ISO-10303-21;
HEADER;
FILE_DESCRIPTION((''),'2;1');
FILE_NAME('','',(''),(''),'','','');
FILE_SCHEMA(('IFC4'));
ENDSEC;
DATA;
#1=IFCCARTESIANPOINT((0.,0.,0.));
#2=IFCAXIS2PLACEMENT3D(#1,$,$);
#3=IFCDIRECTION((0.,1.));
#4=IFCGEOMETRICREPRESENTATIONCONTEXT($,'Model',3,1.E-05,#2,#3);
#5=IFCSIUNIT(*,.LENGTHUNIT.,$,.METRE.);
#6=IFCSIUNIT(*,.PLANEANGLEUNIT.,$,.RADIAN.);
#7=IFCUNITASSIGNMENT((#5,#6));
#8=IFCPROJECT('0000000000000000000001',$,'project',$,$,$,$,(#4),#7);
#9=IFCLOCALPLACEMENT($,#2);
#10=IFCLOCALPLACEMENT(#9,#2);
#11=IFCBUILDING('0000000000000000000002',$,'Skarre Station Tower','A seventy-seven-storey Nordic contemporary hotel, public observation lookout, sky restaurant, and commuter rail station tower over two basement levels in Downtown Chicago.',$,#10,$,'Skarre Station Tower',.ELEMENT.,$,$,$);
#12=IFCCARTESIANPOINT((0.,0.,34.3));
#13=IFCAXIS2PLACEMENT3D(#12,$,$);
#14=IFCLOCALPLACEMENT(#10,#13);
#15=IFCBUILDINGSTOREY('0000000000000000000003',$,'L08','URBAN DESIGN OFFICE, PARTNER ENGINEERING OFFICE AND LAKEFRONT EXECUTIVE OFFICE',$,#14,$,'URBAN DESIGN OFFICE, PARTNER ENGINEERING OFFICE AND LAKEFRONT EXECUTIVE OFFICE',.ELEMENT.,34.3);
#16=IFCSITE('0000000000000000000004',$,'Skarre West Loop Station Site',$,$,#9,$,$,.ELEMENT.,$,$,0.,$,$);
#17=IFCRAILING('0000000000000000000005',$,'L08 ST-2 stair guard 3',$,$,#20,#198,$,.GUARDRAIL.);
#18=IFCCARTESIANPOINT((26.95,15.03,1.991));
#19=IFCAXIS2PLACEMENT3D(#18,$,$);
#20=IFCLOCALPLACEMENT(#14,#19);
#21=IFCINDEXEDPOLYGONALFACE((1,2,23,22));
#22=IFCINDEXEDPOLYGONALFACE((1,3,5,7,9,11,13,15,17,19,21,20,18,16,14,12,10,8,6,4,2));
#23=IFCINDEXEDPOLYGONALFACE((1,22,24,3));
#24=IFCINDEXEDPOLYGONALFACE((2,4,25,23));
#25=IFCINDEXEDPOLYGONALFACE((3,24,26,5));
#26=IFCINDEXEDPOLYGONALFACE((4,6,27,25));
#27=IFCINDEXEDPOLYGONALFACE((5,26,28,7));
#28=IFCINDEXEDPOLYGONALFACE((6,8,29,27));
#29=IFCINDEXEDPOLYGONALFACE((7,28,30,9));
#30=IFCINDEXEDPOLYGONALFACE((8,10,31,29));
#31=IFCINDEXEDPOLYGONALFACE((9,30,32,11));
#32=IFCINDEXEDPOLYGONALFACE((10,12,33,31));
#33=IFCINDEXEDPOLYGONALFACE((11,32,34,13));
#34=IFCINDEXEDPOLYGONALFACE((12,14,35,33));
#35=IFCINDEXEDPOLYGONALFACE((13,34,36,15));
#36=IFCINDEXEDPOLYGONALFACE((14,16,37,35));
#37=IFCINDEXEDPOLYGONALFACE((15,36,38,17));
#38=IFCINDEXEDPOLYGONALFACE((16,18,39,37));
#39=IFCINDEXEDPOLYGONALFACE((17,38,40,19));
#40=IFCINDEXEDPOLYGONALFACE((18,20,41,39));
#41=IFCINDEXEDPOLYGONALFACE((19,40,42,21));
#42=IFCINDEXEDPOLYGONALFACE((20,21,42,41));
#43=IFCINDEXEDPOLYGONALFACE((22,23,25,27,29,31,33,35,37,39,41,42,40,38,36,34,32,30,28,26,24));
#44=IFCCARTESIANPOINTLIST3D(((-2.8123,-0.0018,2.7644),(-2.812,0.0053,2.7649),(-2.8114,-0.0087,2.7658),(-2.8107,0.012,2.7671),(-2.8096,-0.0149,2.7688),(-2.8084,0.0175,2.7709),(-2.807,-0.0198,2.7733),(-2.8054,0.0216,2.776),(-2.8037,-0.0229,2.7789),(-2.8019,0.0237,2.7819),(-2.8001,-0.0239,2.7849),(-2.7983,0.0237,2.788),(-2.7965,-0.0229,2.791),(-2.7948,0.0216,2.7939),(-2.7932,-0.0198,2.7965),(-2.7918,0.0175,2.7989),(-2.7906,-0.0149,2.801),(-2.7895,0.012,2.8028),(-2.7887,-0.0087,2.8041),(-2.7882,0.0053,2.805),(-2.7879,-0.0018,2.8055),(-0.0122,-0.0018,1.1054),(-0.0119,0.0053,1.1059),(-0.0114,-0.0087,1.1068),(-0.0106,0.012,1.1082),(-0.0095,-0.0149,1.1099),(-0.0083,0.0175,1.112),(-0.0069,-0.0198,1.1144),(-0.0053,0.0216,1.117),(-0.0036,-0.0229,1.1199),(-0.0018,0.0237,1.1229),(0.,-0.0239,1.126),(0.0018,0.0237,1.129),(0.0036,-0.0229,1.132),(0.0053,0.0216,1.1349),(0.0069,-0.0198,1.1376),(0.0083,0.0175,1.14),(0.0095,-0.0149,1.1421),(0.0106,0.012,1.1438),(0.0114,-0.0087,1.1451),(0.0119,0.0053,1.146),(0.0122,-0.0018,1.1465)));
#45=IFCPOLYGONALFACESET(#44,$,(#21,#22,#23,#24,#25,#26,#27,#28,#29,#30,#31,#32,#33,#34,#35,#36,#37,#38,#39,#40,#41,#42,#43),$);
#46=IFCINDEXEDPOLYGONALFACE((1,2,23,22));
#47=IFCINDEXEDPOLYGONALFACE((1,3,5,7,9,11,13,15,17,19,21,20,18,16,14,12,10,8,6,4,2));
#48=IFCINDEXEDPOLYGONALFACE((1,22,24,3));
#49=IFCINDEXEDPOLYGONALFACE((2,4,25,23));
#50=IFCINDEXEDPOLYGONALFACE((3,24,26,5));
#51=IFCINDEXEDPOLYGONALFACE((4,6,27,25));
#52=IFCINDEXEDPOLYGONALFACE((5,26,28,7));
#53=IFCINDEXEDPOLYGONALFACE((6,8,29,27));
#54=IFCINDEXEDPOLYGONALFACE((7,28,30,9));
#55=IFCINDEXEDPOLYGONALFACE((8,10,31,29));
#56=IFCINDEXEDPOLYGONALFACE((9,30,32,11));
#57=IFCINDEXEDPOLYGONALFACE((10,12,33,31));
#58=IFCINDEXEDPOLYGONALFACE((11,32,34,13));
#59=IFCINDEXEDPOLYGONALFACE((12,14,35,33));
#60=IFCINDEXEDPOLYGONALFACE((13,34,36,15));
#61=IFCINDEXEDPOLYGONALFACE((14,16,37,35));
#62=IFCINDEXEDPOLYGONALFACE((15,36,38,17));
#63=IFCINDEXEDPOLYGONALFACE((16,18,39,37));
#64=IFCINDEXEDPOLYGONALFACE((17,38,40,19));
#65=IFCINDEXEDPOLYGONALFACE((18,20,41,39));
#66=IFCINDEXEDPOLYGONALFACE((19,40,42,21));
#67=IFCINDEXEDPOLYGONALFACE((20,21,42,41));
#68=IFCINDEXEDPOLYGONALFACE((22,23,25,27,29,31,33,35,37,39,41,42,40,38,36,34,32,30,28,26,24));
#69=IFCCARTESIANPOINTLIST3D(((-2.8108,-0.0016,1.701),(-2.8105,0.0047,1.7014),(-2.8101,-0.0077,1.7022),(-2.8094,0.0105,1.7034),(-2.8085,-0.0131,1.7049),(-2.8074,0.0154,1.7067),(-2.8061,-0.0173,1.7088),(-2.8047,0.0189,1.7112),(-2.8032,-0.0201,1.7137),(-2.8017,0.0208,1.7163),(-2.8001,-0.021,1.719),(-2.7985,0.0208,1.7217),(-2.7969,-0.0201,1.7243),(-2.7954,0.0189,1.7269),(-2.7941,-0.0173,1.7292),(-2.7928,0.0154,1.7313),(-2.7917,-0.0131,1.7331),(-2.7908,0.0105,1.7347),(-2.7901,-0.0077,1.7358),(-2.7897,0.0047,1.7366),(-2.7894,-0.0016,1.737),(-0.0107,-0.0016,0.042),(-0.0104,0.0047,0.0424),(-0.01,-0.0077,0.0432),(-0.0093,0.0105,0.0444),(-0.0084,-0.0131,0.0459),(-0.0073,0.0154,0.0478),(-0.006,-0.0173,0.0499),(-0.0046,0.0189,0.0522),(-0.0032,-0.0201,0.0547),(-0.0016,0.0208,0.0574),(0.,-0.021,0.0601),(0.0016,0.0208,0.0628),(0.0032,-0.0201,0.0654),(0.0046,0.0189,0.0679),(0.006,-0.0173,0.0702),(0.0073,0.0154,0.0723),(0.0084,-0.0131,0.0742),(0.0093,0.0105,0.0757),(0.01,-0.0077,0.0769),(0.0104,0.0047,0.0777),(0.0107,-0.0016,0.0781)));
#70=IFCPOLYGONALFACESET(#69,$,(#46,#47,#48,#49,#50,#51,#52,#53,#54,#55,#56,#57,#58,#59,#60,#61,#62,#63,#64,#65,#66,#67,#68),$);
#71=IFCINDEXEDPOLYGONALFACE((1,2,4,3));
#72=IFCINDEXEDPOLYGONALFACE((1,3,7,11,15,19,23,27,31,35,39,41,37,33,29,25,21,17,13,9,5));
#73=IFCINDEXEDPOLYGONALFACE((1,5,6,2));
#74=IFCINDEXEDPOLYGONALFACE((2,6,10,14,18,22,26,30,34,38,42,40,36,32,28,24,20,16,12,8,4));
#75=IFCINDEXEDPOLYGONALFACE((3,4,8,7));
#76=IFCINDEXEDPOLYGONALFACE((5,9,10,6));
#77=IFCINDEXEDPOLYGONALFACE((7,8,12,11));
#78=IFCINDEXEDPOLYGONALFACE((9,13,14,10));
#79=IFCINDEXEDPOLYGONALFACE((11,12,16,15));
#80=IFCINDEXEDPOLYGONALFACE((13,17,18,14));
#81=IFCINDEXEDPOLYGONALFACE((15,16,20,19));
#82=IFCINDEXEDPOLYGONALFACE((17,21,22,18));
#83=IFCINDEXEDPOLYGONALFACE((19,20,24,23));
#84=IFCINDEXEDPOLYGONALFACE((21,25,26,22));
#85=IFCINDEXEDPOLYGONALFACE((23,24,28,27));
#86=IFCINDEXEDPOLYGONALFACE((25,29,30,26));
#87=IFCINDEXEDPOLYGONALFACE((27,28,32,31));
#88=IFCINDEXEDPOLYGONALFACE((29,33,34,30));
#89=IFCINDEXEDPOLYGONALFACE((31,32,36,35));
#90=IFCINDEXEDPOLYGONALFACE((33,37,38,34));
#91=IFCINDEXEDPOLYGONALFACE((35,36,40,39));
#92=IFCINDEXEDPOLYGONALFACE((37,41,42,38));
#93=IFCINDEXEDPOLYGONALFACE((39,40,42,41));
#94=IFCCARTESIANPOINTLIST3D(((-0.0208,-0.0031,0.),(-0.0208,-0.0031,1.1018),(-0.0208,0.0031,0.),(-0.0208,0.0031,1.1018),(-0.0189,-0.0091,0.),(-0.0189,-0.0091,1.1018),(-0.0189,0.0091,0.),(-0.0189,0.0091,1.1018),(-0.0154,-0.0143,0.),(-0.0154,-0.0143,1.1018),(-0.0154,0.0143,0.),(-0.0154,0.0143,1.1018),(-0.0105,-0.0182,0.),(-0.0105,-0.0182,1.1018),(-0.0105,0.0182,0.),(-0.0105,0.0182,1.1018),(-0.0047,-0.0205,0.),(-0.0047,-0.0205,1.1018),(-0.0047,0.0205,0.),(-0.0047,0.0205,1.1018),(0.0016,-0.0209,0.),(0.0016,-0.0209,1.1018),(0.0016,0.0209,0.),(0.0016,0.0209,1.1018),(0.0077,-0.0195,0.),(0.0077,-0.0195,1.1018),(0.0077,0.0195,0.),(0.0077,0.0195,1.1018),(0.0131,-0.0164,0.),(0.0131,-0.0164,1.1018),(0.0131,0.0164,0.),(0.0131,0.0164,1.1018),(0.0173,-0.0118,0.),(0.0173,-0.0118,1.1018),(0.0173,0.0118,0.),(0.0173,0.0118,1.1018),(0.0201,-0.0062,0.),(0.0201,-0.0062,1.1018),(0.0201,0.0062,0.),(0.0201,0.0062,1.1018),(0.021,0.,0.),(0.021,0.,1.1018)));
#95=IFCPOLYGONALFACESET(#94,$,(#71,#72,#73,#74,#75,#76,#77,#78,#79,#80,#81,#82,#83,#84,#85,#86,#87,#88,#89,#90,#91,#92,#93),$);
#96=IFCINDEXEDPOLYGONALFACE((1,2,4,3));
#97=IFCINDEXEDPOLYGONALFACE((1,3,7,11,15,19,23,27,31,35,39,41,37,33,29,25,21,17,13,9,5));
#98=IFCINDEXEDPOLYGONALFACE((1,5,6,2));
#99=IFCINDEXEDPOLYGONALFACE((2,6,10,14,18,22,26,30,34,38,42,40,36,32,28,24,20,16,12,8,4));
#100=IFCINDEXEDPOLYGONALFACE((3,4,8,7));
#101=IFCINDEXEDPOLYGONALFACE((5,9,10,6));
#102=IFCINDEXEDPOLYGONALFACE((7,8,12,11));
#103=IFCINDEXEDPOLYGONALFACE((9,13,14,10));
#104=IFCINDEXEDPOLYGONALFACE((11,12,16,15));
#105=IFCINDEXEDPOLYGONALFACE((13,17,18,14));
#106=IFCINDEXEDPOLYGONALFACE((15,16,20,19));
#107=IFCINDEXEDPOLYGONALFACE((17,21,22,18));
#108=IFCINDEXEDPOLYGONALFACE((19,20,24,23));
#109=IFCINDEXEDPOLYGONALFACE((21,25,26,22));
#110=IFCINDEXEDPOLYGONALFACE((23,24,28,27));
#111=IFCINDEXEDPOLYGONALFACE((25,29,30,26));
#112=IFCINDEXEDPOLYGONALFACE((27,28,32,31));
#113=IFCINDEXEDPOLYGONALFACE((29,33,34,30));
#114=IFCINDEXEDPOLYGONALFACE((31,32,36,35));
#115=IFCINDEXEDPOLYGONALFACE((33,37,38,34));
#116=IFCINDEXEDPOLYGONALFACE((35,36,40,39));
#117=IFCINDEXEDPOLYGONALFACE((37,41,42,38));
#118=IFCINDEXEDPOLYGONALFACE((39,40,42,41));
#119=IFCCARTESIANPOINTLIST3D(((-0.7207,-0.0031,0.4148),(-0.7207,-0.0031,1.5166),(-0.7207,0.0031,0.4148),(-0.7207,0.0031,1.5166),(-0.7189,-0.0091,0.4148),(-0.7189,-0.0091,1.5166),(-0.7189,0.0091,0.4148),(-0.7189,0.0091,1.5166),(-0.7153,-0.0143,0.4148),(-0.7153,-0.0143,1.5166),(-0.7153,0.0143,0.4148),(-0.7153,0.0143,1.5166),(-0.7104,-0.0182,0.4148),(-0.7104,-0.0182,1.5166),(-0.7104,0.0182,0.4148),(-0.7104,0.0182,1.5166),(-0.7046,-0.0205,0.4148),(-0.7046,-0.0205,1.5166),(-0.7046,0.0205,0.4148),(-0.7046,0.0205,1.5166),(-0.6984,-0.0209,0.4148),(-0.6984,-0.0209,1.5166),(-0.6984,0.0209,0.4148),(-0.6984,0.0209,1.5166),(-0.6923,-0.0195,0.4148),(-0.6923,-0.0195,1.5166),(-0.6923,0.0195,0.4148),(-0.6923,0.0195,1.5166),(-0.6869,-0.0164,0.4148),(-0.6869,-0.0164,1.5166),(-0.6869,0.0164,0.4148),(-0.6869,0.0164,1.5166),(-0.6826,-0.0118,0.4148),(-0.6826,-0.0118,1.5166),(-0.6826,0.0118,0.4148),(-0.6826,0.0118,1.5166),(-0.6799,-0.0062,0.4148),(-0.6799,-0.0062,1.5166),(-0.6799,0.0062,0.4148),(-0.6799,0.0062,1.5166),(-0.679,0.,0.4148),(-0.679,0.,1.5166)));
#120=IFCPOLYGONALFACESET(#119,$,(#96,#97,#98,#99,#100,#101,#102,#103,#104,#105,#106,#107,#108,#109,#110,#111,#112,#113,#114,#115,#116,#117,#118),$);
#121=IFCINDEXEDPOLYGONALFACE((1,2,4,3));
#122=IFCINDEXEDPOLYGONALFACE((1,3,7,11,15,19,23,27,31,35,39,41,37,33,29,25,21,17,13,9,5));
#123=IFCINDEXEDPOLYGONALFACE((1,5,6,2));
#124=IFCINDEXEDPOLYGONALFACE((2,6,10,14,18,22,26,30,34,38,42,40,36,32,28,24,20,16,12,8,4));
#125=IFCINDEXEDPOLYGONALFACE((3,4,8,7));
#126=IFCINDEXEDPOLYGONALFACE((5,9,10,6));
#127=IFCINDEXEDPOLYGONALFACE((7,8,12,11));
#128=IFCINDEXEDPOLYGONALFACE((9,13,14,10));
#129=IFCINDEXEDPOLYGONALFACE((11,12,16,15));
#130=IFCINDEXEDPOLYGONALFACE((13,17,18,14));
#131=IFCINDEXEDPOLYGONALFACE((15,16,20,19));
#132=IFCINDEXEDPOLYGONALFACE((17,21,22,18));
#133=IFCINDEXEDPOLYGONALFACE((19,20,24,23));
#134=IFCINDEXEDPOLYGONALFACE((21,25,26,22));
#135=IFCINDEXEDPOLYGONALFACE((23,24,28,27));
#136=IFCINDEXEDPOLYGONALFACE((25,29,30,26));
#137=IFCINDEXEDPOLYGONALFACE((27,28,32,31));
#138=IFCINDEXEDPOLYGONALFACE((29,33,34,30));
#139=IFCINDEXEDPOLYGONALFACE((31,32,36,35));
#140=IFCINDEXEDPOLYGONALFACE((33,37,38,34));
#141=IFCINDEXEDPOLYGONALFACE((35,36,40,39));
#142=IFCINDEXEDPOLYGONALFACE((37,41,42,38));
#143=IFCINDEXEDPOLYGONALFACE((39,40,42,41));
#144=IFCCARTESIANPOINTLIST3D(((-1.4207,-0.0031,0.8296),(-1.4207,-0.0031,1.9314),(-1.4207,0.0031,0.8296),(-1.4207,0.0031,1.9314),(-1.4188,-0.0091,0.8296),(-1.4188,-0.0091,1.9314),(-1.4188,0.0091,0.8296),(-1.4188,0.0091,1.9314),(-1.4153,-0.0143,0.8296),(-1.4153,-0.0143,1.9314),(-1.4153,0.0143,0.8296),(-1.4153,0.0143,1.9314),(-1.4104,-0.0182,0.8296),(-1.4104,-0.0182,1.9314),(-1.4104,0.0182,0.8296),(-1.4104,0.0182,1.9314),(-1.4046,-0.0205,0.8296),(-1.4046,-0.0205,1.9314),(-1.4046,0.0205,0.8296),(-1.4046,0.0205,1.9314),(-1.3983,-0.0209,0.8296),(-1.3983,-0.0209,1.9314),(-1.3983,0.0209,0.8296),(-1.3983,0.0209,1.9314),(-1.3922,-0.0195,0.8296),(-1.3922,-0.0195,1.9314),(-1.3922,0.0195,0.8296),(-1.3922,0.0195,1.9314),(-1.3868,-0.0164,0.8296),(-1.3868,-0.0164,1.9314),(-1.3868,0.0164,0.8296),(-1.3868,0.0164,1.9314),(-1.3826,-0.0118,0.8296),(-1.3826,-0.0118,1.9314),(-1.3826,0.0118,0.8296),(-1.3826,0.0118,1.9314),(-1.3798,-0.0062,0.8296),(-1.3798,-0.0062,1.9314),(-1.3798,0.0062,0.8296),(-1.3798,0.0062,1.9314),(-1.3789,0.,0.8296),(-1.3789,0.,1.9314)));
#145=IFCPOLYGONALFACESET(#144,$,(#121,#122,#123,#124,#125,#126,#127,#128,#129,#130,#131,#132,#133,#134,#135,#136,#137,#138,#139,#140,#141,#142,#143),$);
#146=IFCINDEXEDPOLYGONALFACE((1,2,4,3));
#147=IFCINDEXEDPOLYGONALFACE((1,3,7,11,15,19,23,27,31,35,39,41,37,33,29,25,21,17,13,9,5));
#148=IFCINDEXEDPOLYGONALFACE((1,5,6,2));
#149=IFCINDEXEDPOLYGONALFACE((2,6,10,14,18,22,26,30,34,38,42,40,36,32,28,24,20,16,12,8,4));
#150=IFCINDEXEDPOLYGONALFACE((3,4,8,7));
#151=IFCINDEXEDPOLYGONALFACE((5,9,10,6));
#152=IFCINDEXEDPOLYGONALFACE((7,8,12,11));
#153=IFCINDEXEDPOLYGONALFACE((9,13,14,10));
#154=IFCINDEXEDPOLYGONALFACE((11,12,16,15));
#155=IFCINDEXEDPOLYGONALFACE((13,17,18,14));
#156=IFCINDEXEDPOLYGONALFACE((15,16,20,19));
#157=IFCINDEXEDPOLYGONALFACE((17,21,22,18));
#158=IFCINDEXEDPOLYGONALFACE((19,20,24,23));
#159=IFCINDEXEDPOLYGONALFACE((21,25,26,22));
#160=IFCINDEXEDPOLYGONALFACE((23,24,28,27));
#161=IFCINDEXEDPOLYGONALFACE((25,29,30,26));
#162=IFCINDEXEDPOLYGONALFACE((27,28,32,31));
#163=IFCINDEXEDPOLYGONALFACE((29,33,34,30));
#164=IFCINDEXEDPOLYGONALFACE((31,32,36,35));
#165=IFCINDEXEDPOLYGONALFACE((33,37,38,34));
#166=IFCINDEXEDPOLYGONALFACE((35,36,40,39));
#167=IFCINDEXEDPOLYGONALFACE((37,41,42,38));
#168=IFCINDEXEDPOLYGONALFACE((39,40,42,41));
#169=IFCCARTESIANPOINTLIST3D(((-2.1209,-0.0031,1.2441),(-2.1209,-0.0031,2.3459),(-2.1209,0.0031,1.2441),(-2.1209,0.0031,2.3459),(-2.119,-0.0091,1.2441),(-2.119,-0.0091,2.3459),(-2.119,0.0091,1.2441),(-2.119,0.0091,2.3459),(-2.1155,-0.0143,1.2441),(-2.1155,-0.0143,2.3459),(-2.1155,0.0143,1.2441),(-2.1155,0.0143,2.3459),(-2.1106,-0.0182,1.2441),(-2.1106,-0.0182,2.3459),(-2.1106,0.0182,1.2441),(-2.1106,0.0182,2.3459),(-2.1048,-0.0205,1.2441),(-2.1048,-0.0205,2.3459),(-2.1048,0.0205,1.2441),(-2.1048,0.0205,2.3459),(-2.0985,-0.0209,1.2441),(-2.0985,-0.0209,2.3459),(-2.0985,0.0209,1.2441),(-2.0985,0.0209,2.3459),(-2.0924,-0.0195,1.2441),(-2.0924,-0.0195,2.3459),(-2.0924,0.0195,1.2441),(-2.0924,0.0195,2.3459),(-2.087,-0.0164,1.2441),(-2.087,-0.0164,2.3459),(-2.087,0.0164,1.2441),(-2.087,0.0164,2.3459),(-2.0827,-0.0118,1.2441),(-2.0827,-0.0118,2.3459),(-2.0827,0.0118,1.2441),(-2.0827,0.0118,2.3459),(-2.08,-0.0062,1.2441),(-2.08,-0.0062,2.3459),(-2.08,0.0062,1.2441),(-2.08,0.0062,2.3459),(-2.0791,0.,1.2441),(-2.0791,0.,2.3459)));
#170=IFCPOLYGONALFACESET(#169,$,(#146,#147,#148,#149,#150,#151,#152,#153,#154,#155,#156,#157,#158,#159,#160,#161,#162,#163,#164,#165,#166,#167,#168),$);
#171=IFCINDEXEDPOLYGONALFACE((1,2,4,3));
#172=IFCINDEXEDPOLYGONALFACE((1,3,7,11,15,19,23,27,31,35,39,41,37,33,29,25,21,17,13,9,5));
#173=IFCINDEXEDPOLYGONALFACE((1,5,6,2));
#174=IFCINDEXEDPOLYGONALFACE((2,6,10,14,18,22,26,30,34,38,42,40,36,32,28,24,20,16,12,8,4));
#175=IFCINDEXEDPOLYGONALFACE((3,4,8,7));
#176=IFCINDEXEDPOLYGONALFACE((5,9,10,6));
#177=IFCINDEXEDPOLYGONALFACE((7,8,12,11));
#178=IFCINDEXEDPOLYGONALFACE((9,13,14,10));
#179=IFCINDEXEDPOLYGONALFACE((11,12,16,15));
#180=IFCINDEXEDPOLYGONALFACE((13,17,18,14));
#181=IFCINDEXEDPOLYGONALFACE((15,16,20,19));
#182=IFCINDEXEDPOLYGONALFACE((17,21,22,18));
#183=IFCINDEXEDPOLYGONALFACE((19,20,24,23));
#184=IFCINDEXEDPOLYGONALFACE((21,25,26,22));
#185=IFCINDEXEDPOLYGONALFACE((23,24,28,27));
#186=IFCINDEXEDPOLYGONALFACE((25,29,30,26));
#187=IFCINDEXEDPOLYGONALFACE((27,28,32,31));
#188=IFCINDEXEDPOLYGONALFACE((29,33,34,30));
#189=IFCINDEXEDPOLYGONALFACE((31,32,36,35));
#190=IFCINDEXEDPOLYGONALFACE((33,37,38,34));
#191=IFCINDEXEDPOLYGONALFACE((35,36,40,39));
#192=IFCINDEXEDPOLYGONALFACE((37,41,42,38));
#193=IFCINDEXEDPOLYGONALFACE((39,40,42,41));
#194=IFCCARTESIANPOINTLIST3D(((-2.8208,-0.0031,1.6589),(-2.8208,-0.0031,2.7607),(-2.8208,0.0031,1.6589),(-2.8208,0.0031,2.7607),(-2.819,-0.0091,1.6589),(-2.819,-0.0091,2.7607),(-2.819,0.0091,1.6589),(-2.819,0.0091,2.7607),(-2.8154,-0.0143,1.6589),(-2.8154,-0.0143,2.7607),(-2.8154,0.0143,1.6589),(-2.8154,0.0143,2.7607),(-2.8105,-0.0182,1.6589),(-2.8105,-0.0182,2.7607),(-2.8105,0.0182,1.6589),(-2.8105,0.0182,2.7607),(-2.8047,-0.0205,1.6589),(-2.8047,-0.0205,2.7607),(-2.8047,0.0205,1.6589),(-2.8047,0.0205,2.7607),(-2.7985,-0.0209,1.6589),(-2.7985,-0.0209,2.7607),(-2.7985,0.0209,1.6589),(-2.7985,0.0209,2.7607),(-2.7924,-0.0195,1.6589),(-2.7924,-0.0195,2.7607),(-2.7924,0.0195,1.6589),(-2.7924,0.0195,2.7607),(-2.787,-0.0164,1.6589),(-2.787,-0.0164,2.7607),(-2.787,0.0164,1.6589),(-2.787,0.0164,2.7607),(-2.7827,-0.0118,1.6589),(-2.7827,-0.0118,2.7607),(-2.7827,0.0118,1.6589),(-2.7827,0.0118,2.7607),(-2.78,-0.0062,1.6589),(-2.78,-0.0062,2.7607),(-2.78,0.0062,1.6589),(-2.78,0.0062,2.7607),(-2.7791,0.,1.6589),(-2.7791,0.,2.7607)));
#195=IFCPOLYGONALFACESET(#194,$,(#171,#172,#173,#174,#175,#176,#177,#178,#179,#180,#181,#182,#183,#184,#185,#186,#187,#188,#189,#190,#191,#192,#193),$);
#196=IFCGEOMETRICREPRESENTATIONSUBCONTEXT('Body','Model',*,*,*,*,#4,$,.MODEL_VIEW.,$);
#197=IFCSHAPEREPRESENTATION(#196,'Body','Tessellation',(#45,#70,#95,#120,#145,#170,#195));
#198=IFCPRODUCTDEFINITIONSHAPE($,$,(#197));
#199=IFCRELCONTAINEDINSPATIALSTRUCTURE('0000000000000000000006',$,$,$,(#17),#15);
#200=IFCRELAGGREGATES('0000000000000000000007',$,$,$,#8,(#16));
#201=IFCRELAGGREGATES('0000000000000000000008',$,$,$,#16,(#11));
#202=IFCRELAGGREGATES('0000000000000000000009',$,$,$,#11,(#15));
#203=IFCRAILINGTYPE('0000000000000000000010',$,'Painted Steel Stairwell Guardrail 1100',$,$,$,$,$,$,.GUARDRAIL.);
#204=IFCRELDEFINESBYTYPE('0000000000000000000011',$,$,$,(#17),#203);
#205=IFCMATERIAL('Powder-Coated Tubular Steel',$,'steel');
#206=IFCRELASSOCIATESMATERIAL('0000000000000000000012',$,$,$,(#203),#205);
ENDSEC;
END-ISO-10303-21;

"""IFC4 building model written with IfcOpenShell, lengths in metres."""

from ifc_helpers import new_model, si_unit, direction, frame, origin, origin_2d, place, context, subcontext, project, spatial, circle, extrude, material, type_object, element, save


model = new_model("IFC4")

# Units and contexts
model_context = context("Model", 3, precision=1e-05, world=origin(), true_north=direction((0.0, 1.0)))
body_context = subcontext(model_context, "Body", "Model", "MODEL_VIEW")
ifc_project = project(units=[si_unit("LENGTHUNIT", "METRE"), si_unit("PLANEANGLEUNIT", "RADIAN")], contexts=[model_context])

# Site, building, storey
site_placement = place(None, origin())
site = spatial("IfcSite", under=ifc_project, at=site_placement, Name="Skarre West Loop Station Site", CompositionType="ELEMENT", RefElevation=0.0)
building_placement = place(site_placement, origin())
building = spatial("IfcBuilding", under=site, at=building_placement, Name="Skarre Station Tower", Description="A seventy-seven-storey Nordic contemporary hotel, public observation lookout, sky restaurant, and commuter rail station tower over two basement levels in Downtown Chicago.", LongName="Skarre Station Tower", CompositionType="ELEMENT")
storey_placement = place(building_placement, frame((0.0, 0.0, 34.3)))
storey = spatial("IfcBuildingStorey", under=building, at=storey_placement, Name="L08", Description="URBAN DESIGN OFFICE, PARTNER ENGINEERING OFFICE AND LAKEFRONT EXECUTIVE OFFICE", LongName="URBAN DESIGN OFFICE, PARTNER ENGINEERING OFFICE AND LAKEFRONT EXECUTIVE OFFICE", CompositionType="ELEMENT", Elevation=34.3)

# Railing
ifc_material_1 = material(Name="Powder-Coated Tubular Steel", Category="steel")
railing_type_1 = type_object("IfcRailingType", Name="Painted Steel Stairwell Guardrail 1100", PredefinedType="GUARDRAIL", material=ifc_material_1)
railing_1_placement = place(storey_placement, frame((26.95, 15.03, 1.991)))
element("IfcRailing", 1, at=railing_1_placement, inside=storey, type_object=railing_type_1, Name="L08 ST-2 stair guard 3", PredefinedType="GUARDRAIL", context=body_context, shape_type="SweptSolid", body=[
    extrude(circle(Radius=0.0239, at=origin_2d()), frame((0.0, 0.0, 1.126), z_axis=(-0.860339, 0.0, 0.509722), x_axis=(0.0, -1.0, 0.0)), (0.0, 0.0, 1.0), 3.2546),
    extrude(circle(Radius=0.021, at=origin_2d()), frame((0.0, 0.0, 0.0601), z_axis=(-0.860339, 0.0, 0.509722), x_axis=(0.0, -1.0, 0.0)), (0.0, 0.0, 1.0), 3.2546),
    extrude(circle(Radius=0.021, at=origin_2d()), origin(), (0.0, 0.0, 1.0), 1.1018),
    extrude(circle(Radius=0.021, at=origin_2d()), frame((-0.7, 0.0, 0.4148)), (0.0, 0.0, 1.0), 1.1018),
    extrude(circle(Radius=0.021, at=origin_2d()), frame((-1.3999, 0.0, 0.8296)), (0.0, 0.0, 1.0), 1.1018),
    extrude(circle(Radius=0.021, at=origin_2d()), frame((-2.1001, 0.0, 1.2441)), (0.0, 0.0, 1.0), 1.1018),
    extrude(circle(Radius=0.021, at=origin_2d()), frame((-2.8, 0.0, 1.6589)), (0.0, 0.0, 1.0), 1.1018),
])

save(model, "model.ifc")
